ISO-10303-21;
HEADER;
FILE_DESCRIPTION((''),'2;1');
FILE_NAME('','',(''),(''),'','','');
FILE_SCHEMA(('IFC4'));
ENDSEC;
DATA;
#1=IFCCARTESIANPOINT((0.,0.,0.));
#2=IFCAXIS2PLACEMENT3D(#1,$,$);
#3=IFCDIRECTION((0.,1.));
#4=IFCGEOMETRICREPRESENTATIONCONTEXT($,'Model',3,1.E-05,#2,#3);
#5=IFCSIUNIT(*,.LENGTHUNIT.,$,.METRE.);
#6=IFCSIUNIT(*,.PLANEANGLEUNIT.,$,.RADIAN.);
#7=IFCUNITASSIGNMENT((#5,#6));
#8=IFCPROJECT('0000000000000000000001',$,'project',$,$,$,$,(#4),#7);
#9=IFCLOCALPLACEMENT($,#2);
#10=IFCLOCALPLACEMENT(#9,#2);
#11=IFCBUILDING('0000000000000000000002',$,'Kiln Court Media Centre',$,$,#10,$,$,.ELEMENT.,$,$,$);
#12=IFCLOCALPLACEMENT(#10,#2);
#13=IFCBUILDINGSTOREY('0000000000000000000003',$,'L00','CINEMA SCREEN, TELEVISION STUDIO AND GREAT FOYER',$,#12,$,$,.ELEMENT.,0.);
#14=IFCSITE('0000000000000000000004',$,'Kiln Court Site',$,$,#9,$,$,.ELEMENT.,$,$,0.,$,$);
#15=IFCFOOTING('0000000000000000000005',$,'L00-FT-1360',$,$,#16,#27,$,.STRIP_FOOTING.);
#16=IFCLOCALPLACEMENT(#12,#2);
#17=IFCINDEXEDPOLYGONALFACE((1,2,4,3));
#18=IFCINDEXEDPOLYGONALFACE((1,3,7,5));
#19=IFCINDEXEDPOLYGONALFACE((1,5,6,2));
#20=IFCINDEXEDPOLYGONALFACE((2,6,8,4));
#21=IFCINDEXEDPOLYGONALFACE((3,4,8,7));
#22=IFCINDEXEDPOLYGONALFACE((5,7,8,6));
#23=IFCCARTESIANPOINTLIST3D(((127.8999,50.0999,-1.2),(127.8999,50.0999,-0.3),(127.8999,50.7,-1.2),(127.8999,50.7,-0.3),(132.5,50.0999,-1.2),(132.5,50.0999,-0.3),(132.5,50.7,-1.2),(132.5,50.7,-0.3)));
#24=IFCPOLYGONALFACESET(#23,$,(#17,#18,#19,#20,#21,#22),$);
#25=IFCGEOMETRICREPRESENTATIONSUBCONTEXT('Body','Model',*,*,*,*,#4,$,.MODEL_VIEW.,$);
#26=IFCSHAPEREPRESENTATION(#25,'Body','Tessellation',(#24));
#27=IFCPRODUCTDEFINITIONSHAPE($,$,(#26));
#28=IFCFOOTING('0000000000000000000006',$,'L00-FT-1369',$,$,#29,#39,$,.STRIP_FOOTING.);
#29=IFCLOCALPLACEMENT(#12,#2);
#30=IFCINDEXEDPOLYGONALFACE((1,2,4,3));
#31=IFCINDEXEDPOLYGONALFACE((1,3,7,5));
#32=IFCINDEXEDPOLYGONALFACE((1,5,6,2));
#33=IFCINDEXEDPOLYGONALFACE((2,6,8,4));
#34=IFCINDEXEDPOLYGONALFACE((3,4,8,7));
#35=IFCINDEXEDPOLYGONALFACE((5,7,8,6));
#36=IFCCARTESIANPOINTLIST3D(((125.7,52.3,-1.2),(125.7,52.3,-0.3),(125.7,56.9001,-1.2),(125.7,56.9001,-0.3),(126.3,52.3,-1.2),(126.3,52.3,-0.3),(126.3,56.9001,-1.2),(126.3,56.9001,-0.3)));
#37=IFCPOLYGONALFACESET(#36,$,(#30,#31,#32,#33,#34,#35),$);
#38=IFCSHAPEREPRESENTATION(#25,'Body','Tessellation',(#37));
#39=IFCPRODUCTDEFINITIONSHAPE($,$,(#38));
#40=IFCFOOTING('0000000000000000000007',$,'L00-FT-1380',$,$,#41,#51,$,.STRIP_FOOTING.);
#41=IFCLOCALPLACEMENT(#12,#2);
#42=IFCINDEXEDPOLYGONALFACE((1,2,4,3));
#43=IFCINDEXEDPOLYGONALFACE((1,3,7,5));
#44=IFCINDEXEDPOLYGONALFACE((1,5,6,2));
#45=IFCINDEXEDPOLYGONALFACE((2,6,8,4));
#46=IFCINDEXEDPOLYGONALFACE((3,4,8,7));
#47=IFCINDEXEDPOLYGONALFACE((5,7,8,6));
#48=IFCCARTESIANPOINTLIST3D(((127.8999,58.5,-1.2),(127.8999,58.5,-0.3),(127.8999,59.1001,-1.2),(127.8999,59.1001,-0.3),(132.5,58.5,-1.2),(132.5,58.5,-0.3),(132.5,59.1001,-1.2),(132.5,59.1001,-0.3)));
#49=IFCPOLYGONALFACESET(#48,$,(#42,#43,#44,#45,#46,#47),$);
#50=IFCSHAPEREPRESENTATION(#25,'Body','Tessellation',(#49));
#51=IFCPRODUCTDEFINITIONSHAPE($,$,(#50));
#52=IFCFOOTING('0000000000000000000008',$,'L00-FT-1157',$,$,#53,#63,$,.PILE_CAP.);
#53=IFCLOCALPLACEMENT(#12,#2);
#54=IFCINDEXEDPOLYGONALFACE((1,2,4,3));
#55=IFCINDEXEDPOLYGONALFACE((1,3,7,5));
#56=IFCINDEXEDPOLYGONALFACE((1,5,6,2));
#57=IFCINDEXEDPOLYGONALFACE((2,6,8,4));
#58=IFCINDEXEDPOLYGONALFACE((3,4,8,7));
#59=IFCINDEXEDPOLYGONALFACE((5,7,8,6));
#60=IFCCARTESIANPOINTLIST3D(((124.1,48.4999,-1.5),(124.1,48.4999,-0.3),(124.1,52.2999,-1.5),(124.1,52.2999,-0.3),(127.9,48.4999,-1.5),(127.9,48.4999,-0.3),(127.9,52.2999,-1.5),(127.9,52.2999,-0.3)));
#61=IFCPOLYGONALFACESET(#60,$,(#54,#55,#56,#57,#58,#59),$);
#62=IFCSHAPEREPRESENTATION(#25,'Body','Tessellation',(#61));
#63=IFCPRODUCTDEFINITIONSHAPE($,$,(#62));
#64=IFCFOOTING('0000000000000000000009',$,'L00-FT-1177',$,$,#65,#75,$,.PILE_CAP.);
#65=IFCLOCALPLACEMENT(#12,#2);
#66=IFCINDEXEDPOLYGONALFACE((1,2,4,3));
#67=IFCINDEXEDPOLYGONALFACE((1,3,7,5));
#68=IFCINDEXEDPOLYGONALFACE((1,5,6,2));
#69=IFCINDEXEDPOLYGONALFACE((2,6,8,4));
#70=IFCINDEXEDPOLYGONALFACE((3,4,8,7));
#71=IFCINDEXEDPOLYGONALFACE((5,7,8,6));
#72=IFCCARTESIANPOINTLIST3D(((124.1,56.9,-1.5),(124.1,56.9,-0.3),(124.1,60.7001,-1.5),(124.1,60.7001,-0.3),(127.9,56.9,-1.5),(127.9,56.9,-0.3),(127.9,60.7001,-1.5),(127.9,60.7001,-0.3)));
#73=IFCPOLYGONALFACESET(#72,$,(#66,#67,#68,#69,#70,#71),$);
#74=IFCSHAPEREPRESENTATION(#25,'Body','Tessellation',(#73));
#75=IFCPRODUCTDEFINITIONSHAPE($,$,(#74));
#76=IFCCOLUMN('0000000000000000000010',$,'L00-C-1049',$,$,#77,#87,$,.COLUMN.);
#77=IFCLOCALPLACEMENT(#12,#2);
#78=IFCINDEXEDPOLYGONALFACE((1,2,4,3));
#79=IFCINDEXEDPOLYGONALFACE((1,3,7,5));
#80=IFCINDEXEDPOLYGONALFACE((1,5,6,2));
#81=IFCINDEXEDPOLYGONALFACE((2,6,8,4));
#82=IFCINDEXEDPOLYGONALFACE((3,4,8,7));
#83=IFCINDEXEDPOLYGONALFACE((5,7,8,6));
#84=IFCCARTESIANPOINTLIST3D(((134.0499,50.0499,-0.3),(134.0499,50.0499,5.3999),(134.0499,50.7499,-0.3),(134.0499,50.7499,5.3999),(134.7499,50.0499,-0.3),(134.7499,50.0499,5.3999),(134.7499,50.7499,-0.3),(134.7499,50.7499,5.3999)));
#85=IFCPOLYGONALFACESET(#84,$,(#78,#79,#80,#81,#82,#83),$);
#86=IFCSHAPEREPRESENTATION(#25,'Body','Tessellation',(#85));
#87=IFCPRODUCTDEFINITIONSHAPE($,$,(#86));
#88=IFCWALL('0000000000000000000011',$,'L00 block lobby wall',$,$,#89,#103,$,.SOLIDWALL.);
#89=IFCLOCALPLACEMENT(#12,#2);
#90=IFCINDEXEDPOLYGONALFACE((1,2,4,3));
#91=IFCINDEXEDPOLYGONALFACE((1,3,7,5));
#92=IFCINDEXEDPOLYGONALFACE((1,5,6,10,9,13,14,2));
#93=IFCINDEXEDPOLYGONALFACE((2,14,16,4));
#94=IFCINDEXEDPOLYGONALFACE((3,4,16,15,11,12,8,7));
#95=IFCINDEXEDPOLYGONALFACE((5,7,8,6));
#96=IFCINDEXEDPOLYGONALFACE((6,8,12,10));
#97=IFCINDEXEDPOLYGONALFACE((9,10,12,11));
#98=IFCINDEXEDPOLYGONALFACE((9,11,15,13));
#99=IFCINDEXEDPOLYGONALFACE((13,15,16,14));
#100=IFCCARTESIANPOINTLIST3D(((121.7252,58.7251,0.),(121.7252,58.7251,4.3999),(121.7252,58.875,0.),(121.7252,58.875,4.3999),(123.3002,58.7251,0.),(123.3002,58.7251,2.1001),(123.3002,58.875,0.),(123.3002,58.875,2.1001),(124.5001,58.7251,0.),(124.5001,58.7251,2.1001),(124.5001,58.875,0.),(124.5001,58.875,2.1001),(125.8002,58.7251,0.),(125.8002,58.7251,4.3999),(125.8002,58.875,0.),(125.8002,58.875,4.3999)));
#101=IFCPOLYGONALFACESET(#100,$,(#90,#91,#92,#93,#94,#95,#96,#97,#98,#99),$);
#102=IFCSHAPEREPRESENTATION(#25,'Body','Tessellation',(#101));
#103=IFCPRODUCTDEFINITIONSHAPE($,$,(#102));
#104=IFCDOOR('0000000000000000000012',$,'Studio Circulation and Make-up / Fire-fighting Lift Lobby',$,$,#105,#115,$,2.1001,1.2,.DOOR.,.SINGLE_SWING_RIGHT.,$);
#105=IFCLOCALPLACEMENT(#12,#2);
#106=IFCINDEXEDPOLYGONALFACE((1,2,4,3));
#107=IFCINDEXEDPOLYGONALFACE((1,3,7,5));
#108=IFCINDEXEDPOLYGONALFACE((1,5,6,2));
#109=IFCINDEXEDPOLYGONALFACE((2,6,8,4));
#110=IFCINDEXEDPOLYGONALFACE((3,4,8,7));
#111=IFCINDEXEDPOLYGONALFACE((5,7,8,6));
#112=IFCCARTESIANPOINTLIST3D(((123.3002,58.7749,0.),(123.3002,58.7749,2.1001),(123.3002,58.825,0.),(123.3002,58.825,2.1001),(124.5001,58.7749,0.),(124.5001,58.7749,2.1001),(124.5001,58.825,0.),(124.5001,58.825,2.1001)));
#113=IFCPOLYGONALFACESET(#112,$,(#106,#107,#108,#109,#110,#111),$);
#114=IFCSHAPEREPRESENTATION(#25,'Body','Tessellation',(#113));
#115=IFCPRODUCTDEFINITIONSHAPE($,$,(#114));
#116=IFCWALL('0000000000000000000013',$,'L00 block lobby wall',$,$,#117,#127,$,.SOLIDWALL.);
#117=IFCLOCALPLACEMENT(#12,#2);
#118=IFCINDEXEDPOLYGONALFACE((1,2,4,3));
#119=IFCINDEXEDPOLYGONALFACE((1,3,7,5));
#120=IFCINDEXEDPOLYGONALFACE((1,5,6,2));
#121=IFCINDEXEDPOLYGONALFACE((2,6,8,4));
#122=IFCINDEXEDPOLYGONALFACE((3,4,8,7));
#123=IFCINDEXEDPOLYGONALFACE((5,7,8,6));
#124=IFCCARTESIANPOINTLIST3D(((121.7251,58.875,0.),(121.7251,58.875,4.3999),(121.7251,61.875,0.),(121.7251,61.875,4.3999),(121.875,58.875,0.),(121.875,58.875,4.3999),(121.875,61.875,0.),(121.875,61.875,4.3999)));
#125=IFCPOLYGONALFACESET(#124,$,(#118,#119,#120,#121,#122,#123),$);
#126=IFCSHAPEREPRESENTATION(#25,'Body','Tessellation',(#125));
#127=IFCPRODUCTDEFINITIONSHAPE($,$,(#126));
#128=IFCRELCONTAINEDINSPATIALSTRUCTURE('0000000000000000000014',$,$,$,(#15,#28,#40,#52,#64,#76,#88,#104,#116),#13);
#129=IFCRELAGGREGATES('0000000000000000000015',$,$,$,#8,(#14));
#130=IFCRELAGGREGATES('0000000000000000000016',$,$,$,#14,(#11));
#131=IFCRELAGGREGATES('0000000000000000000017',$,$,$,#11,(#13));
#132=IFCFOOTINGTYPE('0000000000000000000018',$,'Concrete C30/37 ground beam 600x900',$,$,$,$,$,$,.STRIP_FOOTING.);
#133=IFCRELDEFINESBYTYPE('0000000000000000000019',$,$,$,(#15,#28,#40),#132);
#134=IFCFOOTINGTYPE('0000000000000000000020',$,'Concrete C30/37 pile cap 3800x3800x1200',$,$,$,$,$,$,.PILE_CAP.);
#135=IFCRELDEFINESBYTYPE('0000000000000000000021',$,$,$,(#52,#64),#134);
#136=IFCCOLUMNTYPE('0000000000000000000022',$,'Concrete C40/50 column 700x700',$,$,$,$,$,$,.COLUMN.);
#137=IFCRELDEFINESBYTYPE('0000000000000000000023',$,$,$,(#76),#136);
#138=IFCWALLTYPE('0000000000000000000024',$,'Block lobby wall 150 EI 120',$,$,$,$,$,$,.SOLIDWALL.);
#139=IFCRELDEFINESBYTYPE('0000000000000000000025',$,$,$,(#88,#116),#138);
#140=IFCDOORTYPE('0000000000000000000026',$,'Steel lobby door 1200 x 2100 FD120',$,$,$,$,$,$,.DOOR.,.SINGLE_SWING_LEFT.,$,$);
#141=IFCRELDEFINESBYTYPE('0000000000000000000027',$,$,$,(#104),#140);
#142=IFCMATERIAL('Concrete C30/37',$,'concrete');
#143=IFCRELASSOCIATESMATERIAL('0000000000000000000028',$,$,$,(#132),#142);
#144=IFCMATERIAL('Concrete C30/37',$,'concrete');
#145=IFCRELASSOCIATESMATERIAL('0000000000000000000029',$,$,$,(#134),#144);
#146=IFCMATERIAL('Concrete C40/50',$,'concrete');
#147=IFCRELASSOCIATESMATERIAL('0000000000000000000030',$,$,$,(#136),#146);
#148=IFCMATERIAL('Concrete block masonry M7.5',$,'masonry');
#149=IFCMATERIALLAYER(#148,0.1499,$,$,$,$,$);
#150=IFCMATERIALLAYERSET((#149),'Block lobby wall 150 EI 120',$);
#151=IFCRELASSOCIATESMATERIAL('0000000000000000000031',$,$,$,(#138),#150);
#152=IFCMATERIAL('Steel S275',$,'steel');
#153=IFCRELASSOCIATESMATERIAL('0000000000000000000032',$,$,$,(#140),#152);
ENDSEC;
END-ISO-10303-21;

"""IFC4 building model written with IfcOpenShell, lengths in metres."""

from ifc_helpers import new_model, si_unit, direction, frame, frame_2d, origin, origin_2d, place, context, subcontext, project, spatial, rectangle, extrude, material, layer, layer_set, material_profile, profile_set, type_object, element, fill, save


model = new_model("IFC4")

# Units and contexts
model_context = context("Model", 3, precision=1e-05, world=origin(), true_north=direction((0.0, 1.0)))
body_context = subcontext(model_context, "Body", "Model", "MODEL_VIEW")
ifc_project = project(units=[si_unit("LENGTHUNIT", "METRE"), si_unit("PLANEANGLEUNIT", "RADIAN")], contexts=[model_context])

# Site, building, storey
site_placement = place(None, origin())
site = spatial("IfcSite", under=ifc_project, at=site_placement, Name="Kiln Court Site", CompositionType="ELEMENT", RefElevation=0.0)
building_placement = place(site_placement, origin())
building = spatial("IfcBuilding", under=site, at=building_placement, Name="Kiln Court Media Centre", CompositionType="ELEMENT")
storey_placement = place(building_placement, origin())
storey = spatial("IfcBuildingStorey", under=building, at=storey_placement, Name="L00", Description="CINEMA SCREEN, TELEVISION STUDIO AND GREAT FOYER", CompositionType="ELEMENT", Elevation=0.0)

# Footings
ifc_material_1 = material(Name="Concrete C30/37", Category="concrete")
footing_type_1 = type_object("IfcFootingType", Name="Concrete C30/37 ground beam 600x900", PredefinedType="STRIP_FOOTING", material=ifc_material_1)
for number, where, z_axis, x_axis, name in (
    (1, (130.2, 50.3999, -1.2), (0.0, 0.0, 1.0), (1.0, 0.0, 0.0), "L00-FT-1360"),
):
    element("IfcFooting", number, at=place(storey_placement, frame(where, z_axis=z_axis, x_axis=x_axis)), inside=storey, type_object=footing_type_1, Name=name, PredefinedType="STRIP_FOOTING", context=body_context, shape_type="SweptSolid", body=[
        extrude(rectangle(XDim=4.6001, YDim=0.6001, at=origin_2d()), origin(), (0.0, 0.0, 1.0), 0.8999),
    ])
footing_1_placement = place(storey_placement, frame((126.0, 54.6001, -1.2), z_axis=(0.0, 0.0, 1.0), x_axis=(1.0, 0.0, 0.0)))
element("IfcFooting", 2, at=footing_1_placement, inside=storey, type_object=footing_type_1, Name="L00-FT-1369", PredefinedType="STRIP_FOOTING", context=body_context, shape_type="SweptSolid", body=[
    extrude(rectangle(XDim=0.6001, YDim=4.6001, at=origin_2d()), origin(), (0.0, 0.0, 1.0), 0.8999),
])
footing_2_placement = place(storey_placement, frame((130.2, 58.8, -1.2), z_axis=(0.0, 0.0, 1.0), x_axis=(1.0, 0.0, 0.0)))
element("IfcFooting", 3, at=footing_2_placement, inside=storey, type_object=footing_type_1, Name="L00-FT-1380", PredefinedType="STRIP_FOOTING", context=body_context, shape_type="SweptSolid", body=[
    extrude(rectangle(XDim=4.6001, YDim=0.6001, at=origin_2d()), origin(), (0.0, 0.0, 1.0), 0.8999),
])
ifc_material_2 = material(Name="Concrete C30/37", Category="concrete")
footing_type_2 = type_object("IfcFootingType", Name="Concrete C30/37 pile cap 3800x3800x1200", PredefinedType="PILE_CAP", material=ifc_material_2)
for number, where, z_axis, x_axis, name in (
    (4, (126.0, 50.3999, -1.5), (0.0, 0.0, 1.0), (1.0, 0.0, 0.0), "L00-FT-1157"),
    (5, (126.0, 58.8, -1.5), (0.0, 0.0, 1.0), (1.0, 0.0, 0.0), "L00-FT-1177"),
):
    element("IfcFooting", number, at=place(storey_placement, frame(where, z_axis=z_axis, x_axis=x_axis)), inside=storey, type_object=footing_type_2, Name=name, PredefinedType="PILE_CAP", context=body_context, shape_type="SweptSolid", body=[
        extrude(rectangle(XDim=3.8, YDim=3.8, at=origin_2d()), origin(), (0.0, 0.0, 1.0), 1.2),
    ])

# Column
ifc_material_3 = material(Name="Concrete C40/50", Category="concrete")
ifc_material_profile_1 = material_profile(ifc_material_3, rectangle(XDim=0.7, YDim=0.7, at=origin_2d()), Name="RC 700x700")
ifc_profile_set_1 = profile_set([ifc_material_profile_1], Name="Concrete C40/50")
column_type = type_object("IfcColumnType", Name="Concrete C40/50 column 700x700", PredefinedType="COLUMN", material=ifc_profile_set_1)
column_placement = place(storey_placement, frame((134.3999, 50.3999, -0.3), z_axis=(0.0, 0.0, 1.0), x_axis=(1.0, 0.0, 0.0)))
element("IfcColumn", 6, at=column_placement, inside=storey, type_object=column_type, Name="L00-C-1049", PredefinedType="COLUMN", context=body_context, shape_type="SweptSolid", body=[
    extrude(rectangle(XDim=0.7, YDim=0.7, at=origin_2d()), origin(), (0.0, 0.0, 1.0), 5.7),
])

# Wall, opening, door
ifc_material_4 = material(Name="Concrete block masonry M7.5", Category="masonry")
ifc_layer = layer(ifc_material_4, 0.1499)
ifc_layer_set = layer_set([ifc_layer], Name="Block lobby wall 150 EI 120")
wall_type = type_object("IfcWallType", Name="Block lobby wall 150 EI 120", PredefinedType="SOLIDWALL", material=ifc_layer_set)
wall_1_placement = place(storey_placement, frame((121.7251, 58.8, 0.0), z_axis=(0.0, 0.0, 1.0), x_axis=(1.0, 0.0, 0.0)))
wall_1 = element("IfcWall", 7, at=wall_1_placement, inside=storey, type_object=wall_type, Name="L00 block lobby wall", PredefinedType="SOLIDWALL", context=body_context, shape_type="SweptSolid", body=[
    extrude(rectangle(XDim=4.075, YDim=0.1499, at=frame_2d((2.0376, 0.0))), origin(), (0.0, 0.0, 1.0), 4.3999),
])
opening_placement = place(wall_1_placement, frame((1.575, 0.0, 0.0)))
opening = element("IfcOpeningElement", 8, at=opening_placement, cuts=wall_1, PredefinedType="OPENING", context=body_context, shape_type="SweptSolid", body=[
    extrude(rectangle(XDim=1.2, YDim=2.1001, at=frame_2d((0.6001, 1.05))), frame((0.0, 0.085, 0.0), z_axis=(0.0, -1.0, 0.0), x_axis=(1.0, 0.0, 0.0)), (0.0, 0.0, 1.0), 0.1699),
])
ifc_material_5 = material(Name="Steel S275", Category="steel")
door_type = type_object("IfcDoorType", Name="Steel lobby door 1200 x 2100 FD120", OperationType="SINGLE_SWING_LEFT", PredefinedType="DOOR", material=ifc_material_5)
door_placement = place(opening_placement, origin())
door = element("IfcDoor", 9, at=door_placement, inside=storey, type_object=door_type, Name="Studio Circulation and Make-up / Fire-fighting Lift Lobby", OperationType="SINGLE_SWING_RIGHT", OverallHeight=2.1001, OverallWidth=1.2, PredefinedType="DOOR", context=body_context, shape_type="SweptSolid", body=[
    extrude(rectangle(XDim=1.2, YDim=2.1001, at=frame_2d((0.6001, 1.05))), frame((0.0, 0.0249, 0.0), z_axis=(0.0, -1.0, 0.0), x_axis=(1.0, 0.0, 0.0)), (0.0, 0.0, 1.0), 0.05),
])
fill(opening, door)

# Wall
wall_2_placement = place(storey_placement, frame((121.8, 58.875, 0.0), z_axis=(0.0, 0.0, 1.0), x_axis=(0.0, 1.0, 0.0)))
element("IfcWall", 10, at=wall_2_placement, inside=storey, type_object=wall_type, Name="L00 block lobby wall", PredefinedType="SOLIDWALL", context=body_context, shape_type="SweptSolid", body=[
    extrude(rectangle(XDim=3.0, YDim=0.1499, at=frame_2d((1.5, 0.0))), origin(), (0.0, 0.0, 1.0), 4.3999),
])

save(model, "model.ifc")
